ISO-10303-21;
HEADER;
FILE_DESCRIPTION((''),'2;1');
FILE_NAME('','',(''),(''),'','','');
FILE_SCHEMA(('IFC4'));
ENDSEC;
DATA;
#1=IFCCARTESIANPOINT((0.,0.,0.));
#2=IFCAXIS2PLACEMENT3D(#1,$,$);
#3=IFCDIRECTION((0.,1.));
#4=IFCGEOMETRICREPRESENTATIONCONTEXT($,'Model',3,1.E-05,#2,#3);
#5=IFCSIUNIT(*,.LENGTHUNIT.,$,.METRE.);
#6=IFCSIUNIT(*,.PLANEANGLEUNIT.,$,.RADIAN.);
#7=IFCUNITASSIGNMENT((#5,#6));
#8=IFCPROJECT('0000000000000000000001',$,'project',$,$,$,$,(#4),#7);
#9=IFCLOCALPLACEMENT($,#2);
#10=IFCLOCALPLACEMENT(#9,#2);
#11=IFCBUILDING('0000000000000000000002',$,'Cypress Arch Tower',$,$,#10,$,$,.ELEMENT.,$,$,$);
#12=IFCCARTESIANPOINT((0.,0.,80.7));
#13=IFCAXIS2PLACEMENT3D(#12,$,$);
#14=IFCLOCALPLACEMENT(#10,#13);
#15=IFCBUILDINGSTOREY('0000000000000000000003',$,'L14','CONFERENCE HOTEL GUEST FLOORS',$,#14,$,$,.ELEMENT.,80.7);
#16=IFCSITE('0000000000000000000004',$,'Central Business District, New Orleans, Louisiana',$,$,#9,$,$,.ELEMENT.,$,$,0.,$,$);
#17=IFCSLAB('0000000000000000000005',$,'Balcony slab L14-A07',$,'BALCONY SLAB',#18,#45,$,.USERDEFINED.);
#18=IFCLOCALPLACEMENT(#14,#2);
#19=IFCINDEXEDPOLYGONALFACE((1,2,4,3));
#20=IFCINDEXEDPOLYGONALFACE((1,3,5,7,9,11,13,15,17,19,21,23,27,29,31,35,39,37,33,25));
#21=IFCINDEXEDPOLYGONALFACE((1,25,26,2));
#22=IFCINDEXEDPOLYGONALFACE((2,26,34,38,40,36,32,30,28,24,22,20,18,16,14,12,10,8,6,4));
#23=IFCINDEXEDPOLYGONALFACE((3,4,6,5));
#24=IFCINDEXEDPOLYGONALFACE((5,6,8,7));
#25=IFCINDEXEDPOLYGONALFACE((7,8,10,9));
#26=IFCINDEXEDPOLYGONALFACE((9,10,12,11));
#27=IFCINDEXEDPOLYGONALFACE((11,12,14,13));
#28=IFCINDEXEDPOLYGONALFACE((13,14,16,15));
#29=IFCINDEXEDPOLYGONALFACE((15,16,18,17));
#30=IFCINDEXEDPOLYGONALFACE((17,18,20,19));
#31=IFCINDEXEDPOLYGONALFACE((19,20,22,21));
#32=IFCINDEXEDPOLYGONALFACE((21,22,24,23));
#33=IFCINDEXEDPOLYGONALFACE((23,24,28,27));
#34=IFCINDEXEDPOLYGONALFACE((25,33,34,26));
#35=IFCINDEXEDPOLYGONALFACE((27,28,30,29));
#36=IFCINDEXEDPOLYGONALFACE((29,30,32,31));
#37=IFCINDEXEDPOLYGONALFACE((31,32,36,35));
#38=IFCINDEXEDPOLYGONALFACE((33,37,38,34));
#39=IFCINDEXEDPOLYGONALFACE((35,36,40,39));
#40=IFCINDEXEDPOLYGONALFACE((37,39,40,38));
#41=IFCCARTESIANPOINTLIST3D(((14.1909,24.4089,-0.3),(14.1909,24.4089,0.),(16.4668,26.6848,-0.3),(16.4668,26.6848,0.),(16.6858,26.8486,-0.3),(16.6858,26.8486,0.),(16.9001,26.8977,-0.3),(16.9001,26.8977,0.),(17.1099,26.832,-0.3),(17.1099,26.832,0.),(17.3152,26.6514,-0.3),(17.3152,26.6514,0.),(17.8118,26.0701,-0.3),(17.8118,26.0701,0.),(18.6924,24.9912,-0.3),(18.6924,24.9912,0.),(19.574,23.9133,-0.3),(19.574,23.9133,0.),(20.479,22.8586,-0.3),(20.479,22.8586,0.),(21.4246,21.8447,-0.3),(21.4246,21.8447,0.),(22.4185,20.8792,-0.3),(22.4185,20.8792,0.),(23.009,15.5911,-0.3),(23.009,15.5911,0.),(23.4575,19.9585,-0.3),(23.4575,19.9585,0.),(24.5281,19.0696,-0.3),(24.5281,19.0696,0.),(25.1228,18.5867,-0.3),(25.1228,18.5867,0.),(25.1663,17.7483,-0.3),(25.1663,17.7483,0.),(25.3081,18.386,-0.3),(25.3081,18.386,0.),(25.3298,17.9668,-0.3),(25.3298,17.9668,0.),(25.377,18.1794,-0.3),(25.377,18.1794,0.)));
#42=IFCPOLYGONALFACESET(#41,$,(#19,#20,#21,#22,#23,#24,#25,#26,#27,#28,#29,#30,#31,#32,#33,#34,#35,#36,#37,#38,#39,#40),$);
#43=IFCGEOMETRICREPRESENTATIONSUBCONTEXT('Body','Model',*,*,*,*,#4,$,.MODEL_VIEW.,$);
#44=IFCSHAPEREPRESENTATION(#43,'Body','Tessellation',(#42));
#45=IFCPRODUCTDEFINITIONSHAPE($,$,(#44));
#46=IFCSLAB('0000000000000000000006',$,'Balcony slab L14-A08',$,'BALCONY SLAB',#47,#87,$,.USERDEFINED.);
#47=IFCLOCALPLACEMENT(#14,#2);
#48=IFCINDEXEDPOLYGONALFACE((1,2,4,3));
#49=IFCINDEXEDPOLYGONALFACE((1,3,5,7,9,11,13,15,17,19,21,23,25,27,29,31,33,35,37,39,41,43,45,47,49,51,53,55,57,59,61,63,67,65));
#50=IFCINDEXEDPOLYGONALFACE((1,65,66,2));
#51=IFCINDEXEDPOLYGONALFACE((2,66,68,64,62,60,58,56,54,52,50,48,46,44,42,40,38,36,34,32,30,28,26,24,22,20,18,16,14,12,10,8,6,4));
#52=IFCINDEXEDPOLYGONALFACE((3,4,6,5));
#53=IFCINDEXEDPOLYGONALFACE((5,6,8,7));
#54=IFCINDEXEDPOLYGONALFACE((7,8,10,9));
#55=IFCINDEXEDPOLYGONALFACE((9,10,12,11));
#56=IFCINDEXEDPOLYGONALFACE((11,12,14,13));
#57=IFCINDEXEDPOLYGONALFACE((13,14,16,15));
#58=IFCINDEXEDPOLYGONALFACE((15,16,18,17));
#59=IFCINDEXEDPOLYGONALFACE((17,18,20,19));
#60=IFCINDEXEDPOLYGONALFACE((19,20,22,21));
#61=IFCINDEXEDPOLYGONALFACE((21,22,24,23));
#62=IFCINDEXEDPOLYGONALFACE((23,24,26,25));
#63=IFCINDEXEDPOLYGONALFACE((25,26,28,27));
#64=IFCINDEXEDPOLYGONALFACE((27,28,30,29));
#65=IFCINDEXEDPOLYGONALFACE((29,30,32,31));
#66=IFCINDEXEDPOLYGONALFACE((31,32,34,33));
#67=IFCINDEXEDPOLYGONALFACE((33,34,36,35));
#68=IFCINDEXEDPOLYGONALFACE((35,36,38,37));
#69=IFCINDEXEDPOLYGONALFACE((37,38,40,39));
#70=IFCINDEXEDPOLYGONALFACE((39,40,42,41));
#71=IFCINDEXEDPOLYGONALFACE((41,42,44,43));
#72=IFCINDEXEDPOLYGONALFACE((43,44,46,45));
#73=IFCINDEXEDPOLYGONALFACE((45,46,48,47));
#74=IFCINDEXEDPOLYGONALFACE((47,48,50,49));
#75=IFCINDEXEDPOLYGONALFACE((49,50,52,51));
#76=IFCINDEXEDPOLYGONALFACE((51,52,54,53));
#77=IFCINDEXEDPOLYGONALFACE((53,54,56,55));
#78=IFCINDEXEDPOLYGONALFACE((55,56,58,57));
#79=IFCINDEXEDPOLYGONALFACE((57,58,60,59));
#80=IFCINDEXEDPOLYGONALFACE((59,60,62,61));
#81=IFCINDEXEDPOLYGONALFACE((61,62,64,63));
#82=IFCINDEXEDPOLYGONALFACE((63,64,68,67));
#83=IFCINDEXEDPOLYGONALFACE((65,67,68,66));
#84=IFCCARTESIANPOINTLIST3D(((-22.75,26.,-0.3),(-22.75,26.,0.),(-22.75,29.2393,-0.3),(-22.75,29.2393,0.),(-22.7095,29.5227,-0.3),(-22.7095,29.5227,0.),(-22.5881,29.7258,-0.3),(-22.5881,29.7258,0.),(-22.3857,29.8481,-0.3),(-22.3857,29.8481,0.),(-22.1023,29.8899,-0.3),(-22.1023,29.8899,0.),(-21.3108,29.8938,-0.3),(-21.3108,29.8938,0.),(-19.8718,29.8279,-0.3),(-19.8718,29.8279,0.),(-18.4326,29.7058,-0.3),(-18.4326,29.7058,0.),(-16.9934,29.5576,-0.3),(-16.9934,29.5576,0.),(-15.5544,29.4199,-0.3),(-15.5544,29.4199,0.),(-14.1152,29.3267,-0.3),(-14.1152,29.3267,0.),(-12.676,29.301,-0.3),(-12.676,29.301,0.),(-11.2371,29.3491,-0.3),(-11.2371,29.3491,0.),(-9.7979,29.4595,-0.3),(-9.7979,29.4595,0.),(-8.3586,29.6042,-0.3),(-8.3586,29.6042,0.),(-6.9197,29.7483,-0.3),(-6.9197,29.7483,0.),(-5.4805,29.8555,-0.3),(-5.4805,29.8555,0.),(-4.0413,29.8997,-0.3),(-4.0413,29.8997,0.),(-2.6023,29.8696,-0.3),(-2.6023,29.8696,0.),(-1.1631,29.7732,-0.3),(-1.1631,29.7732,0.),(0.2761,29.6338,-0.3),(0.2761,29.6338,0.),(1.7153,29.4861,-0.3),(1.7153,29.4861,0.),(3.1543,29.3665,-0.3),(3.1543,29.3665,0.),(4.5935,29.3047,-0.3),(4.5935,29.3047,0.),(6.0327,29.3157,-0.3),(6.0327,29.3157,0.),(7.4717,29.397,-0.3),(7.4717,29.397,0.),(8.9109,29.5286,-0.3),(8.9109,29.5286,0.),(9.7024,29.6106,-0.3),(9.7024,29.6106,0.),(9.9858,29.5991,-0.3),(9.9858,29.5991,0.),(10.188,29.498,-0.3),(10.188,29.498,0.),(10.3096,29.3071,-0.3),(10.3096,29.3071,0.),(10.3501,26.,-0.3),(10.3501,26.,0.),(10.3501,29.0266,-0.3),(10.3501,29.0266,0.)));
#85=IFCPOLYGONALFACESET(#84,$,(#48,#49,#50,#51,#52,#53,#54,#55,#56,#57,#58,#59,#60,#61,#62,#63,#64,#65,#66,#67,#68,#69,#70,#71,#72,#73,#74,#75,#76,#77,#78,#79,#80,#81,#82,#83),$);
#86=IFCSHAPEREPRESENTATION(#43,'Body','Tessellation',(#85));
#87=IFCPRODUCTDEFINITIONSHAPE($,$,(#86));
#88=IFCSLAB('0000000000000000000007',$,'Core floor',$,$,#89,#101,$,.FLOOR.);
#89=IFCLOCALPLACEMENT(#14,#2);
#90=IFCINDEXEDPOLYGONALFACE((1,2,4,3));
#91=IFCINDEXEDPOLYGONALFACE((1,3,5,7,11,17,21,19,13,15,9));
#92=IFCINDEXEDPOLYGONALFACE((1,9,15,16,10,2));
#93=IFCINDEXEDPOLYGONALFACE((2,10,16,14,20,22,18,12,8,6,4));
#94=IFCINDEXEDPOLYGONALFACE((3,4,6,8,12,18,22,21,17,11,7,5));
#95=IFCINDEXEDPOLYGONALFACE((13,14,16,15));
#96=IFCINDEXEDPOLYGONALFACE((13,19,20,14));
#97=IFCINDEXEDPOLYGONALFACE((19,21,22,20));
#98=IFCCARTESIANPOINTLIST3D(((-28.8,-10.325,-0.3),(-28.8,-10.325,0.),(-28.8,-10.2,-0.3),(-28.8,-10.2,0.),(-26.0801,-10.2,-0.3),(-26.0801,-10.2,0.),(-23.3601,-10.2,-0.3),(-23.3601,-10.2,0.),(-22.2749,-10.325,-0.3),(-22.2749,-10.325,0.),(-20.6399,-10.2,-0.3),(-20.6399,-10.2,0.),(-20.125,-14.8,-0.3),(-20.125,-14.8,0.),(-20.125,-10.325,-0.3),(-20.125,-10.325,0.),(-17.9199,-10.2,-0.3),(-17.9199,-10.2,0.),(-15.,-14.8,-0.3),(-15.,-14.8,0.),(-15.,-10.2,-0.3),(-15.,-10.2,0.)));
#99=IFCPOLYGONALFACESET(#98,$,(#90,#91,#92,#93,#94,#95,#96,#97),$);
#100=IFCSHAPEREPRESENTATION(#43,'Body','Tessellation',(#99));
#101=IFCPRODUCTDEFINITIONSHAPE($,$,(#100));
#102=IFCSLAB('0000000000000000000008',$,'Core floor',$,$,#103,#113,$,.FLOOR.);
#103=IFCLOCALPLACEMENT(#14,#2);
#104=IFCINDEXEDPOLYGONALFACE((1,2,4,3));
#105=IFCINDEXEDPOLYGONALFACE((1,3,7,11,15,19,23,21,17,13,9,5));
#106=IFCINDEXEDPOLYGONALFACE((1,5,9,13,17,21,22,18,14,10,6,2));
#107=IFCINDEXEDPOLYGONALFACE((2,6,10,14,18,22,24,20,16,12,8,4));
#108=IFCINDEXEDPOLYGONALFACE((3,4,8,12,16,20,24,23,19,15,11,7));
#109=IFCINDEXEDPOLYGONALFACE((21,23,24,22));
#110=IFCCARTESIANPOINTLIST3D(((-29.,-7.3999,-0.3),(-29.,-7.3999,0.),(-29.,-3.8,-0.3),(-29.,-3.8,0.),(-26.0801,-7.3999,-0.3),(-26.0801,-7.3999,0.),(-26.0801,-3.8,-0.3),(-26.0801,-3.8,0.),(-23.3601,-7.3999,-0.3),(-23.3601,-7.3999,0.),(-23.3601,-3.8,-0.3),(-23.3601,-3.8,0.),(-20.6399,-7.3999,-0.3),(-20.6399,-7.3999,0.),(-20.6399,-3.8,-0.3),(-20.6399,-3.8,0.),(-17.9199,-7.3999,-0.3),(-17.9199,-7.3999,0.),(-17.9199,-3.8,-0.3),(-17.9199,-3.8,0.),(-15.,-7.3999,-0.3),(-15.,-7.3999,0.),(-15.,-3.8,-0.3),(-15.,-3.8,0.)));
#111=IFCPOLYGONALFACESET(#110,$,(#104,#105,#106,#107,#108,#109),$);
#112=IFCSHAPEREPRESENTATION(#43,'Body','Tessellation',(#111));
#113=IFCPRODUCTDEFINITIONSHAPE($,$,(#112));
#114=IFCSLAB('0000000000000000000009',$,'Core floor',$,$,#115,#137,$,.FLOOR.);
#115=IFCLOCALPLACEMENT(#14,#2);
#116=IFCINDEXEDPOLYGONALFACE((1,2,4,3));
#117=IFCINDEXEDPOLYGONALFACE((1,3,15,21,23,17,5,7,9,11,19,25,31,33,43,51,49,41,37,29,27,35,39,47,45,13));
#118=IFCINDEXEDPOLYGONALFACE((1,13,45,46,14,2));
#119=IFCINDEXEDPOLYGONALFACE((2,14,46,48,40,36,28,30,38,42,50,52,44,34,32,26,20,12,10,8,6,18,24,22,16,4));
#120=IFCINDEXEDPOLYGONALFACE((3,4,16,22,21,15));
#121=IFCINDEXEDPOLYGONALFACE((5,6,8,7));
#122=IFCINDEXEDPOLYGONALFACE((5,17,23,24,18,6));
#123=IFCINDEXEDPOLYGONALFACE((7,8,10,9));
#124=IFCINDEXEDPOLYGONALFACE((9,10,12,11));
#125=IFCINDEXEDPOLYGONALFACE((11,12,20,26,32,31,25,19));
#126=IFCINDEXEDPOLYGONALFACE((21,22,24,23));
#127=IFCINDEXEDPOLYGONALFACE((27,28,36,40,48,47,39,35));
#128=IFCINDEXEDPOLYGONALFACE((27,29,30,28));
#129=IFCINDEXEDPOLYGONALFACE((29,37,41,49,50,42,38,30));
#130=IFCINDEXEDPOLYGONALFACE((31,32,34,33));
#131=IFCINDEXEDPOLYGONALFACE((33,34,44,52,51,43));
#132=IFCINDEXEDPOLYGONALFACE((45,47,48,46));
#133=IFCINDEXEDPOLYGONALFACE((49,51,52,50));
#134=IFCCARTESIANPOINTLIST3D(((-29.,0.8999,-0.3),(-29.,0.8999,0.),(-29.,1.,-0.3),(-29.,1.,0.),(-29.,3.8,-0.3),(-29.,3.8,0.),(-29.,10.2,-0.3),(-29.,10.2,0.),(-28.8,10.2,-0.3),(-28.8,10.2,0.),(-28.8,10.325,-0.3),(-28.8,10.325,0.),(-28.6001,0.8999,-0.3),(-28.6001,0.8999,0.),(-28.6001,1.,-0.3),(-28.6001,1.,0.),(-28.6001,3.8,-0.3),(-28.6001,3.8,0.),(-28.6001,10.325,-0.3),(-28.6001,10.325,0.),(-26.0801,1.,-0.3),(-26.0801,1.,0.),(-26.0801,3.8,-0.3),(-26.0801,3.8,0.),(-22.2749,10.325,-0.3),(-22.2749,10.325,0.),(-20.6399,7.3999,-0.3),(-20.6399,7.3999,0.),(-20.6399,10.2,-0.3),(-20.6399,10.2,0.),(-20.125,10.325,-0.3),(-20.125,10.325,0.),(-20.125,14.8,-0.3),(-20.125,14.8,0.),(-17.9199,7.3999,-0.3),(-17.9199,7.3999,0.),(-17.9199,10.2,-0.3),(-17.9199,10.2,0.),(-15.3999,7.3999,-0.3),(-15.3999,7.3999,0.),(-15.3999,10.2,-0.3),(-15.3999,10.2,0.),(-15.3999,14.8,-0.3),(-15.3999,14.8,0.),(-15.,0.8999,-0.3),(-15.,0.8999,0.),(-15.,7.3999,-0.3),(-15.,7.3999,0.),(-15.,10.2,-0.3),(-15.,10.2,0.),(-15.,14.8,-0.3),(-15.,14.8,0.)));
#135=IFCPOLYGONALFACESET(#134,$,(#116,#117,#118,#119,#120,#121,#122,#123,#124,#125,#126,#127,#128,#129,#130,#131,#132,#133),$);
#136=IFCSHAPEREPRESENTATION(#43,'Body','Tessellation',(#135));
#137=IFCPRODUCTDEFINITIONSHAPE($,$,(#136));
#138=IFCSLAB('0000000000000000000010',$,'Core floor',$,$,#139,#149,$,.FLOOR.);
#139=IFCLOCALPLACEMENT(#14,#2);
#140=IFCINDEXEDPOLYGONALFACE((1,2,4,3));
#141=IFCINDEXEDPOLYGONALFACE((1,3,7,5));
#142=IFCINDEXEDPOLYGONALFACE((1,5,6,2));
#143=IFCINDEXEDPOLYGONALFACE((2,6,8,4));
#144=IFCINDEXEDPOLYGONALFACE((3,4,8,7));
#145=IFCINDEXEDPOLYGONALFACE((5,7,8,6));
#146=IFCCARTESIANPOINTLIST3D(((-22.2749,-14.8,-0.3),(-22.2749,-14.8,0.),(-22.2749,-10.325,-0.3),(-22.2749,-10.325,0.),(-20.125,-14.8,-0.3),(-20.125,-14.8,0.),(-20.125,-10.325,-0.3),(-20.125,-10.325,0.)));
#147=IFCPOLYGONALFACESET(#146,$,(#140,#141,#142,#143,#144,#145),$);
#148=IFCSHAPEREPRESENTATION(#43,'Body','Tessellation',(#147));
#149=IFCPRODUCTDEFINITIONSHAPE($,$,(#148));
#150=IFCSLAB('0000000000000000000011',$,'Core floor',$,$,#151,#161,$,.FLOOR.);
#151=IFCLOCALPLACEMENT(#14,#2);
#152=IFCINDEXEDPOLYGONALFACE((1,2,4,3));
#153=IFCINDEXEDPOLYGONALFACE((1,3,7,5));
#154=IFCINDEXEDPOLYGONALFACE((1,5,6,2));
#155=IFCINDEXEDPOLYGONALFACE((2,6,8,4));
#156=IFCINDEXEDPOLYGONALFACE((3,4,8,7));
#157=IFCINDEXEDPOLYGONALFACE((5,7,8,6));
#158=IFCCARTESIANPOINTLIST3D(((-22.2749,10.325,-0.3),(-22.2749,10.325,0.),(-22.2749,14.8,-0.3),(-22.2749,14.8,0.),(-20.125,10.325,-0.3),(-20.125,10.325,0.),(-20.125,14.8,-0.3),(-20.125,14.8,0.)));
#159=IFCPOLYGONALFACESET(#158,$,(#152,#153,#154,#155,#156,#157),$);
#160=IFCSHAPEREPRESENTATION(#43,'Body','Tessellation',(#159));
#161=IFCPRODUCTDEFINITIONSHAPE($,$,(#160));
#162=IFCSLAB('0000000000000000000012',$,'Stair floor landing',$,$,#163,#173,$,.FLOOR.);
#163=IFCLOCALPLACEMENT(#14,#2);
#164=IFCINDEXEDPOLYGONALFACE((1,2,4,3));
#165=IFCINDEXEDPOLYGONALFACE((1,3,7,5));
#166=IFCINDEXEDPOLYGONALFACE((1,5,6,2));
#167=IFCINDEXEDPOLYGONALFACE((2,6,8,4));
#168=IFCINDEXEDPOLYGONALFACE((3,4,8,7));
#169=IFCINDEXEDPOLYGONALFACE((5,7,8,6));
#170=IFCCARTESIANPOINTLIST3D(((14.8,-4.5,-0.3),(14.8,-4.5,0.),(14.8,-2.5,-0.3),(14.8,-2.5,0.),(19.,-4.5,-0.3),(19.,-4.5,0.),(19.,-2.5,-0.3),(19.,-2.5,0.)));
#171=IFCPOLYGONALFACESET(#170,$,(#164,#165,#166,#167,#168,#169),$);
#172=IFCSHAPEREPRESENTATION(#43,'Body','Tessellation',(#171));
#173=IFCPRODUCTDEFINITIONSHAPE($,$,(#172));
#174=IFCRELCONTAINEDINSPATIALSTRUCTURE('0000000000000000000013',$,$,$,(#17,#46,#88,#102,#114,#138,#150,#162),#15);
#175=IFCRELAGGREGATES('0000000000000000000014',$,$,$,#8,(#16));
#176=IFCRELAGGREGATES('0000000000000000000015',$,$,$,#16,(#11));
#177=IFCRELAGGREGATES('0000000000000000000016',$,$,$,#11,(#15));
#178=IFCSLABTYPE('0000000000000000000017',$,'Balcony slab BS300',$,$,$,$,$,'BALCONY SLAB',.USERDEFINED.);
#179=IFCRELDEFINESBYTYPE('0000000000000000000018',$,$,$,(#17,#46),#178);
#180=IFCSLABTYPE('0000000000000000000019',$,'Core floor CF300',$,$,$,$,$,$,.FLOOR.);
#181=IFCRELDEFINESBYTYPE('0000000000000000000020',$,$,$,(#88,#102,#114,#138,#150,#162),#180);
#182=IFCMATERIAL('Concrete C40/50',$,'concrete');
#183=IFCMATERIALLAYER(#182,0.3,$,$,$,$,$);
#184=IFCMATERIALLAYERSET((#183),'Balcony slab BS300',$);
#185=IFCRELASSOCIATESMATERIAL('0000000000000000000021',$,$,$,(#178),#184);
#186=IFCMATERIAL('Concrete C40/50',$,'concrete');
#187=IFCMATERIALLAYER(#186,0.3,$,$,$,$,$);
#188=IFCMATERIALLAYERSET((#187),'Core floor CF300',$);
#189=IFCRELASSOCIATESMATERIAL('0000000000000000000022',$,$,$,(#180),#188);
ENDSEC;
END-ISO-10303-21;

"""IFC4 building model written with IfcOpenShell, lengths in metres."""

from ifc_helpers import new_model, si_unit, direction, frame, origin, place, context, subcontext, project, spatial, polyline, outline, extrude, material, layer, layer_set, type_object, element, save


model = new_model("IFC4")

# Units and contexts
model_context = context("Model", 3, precision=1e-05, world=origin(), true_north=direction((0.0, 1.0)))
body_context = subcontext(model_context, "Body", "Model", "MODEL_VIEW")
ifc_project = project(units=[si_unit("LENGTHUNIT", "METRE"), si_unit("PLANEANGLEUNIT", "RADIAN")], contexts=[model_context])

# Site, building, storey
site_placement = place(None, origin())
site = spatial("IfcSite", under=ifc_project, at=site_placement, Name="Central Business District, New Orleans, Louisiana", CompositionType="ELEMENT", RefElevation=0.0)
building_placement = place(site_placement, origin())
building = spatial("IfcBuilding", under=site, at=building_placement, Name="Cypress Arch Tower", CompositionType="ELEMENT")
storey_placement = place(building_placement, frame((0.0, 0.0, 80.7)))
storey = spatial("IfcBuildingStorey", under=building, at=storey_placement, Name="L14", Description="CONFERENCE HOTEL GUEST FLOORS", CompositionType="ELEMENT", Elevation=80.7)

# Slabs
ifc_material_1 = material(Name="Concrete C40/50", Category="concrete")
ifc_layer_1 = layer(ifc_material_1, 0.3)
ifc_layer_set_1 = layer_set([ifc_layer_1], Name="Balcony slab BS300")
slab_type_1 = type_object("IfcSlabType", Name="Balcony slab BS300", ElementType="BALCONY SLAB", PredefinedType="USERDEFINED", material=ifc_layer_set_1)
slab_1_placement = place(storey_placement, frame((0.0, 0.0, -0.3)))
element("IfcSlab", 1, at=slab_1_placement, inside=storey, type_object=slab_type_1, Name="Balcony slab L14-A07", ObjectType="BALCONY SLAB", PredefinedType="USERDEFINED", context=body_context, shape_type="SweptSolid", body=[
    extrude(outline(polyline([(23.009, 15.5911), (25.1663, 17.7483), (25.3298, 17.9668), (25.377, 18.1794), (25.3081, 18.386), (25.1228, 18.5867), (24.5281, 19.0696), (23.4575, 19.9585), (22.4185, 20.8792), (21.4246, 21.8447), (20.479, 22.8586), (19.574, 23.9133), (18.6924, 24.9912), (17.8118, 26.0701), (17.3152, 26.6514), (17.1099, 26.832), (16.9001, 26.8977), (16.6858, 26.8486), (16.4668, 26.6848), (14.1909, 24.4089), (23.009, 15.5911)])), origin(), (0.0, 0.0, 1.0), 0.3),
])
slab_2_placement = place(storey_placement, frame((0.0, 0.0, -0.3)))
element("IfcSlab", 2, at=slab_2_placement, inside=storey, type_object=slab_type_1, Name="Balcony slab L14-A08", ObjectType="BALCONY SLAB", PredefinedType="USERDEFINED", context=body_context, shape_type="SweptSolid", body=[
    extrude(outline(polyline([(10.3501, 26.0), (10.3501, 29.0266), (10.3096, 29.3071), (10.188, 29.498), (9.9858, 29.5991), (9.7024, 29.6106), (8.9109, 29.5286), (7.4717, 29.397), (6.0327, 29.3157), (4.5935, 29.3047), (3.1543, 29.3665), (1.7153, 29.4861), (0.2761, 29.6338), (-1.1631, 29.7732), (-2.6023, 29.8696), (-4.0413, 29.8997), (-5.4805, 29.8555), (-6.9197, 29.7483), (-8.3586, 29.6042), (-9.7979, 29.4595), (-11.2371, 29.3491), (-12.676, 29.301), (-14.1152, 29.3267), (-15.5544, 29.4199), (-16.9934, 29.5576), (-18.4326, 29.7058), (-19.8718, 29.8279), (-21.3108, 29.8938), (-22.1023, 29.8899), (-22.3857, 29.8481), (-22.5881, 29.7258), (-22.7095, 29.5227), (-22.75, 29.2393), (-22.75, 26.0), (10.3501, 26.0)])), origin(), (0.0, 0.0, 1.0), 0.3),
])
ifc_material_2 = material(Name="Concrete C40/50", Category="concrete")
ifc_layer_2 = layer(ifc_material_2, 0.3)
ifc_layer_set_2 = layer_set([ifc_layer_2], Name="Core floor CF300")
slab_type_2 = type_object("IfcSlabType", Name="Core floor CF300", PredefinedType="FLOOR", material=ifc_layer_set_2)
slab_3_placement = place(storey_placement, frame((0.0, 0.0, -0.3)))
element("IfcSlab", 3, at=slab_3_placement, inside=storey, type_object=slab_type_2, Name="Core floor", PredefinedType="FLOOR", context=body_context, shape_type="SweptSolid", body=[
    extrude(outline(polyline([(-20.125, -14.8), (-15.0, -14.8), (-15.0, -10.2), (-17.9199, -10.2), (-20.6399, -10.2), (-23.3601, -10.2), (-26.0801, -10.2), (-28.8, -10.2), (-28.8, -10.325), (-22.2749, -10.325), (-20.125, -10.325), (-20.125, -14.8)])), origin(), (0.0, 0.0, 1.0), 0.3),
])
slab_4_placement = place(storey_placement, frame((0.0, 0.0, -0.3)))
element("IfcSlab", 4, at=slab_4_placement, inside=storey, type_object=slab_type_2, Name="Core floor", PredefinedType="FLOOR", context=body_context, shape_type="SweptSolid", body=[
    extrude(outline(polyline([(-29.0, -3.8), (-29.0, -7.3999), (-26.0801, -7.3999), (-23.3601, -7.3999), (-20.6399, -7.3999), (-17.9199, -7.3999), (-15.0, -7.3999), (-15.0, -3.8), (-17.9199, -3.8), (-20.6399, -3.8), (-23.3601, -3.8), (-26.0801, -3.8), (-29.0, -3.8)])), origin(), (0.0, 0.0, 1.0), 0.3),
])
slab_5_placement = place(storey_placement, frame((0.0, 0.0, -0.3)))
element("IfcSlab", 5, at=slab_5_placement, inside=storey, type_object=slab_type_2, Name="Core floor", PredefinedType="FLOOR", context=body_context, shape_type="SweptSolid", body=[
    extrude(outline(polyline([(-29.0, 3.8), (-29.0, 10.2), (-28.8, 10.2), (-28.8, 10.325), (-28.6001, 10.325), (-22.2749, 10.325), (-20.125, 10.325), (-20.125, 14.8), (-15.3999, 14.8), (-15.0, 14.8), (-15.0, 10.2), (-15.3999, 10.2), (-17.9199, 10.2), (-20.6399, 10.2), (-20.6399, 7.3999), (-17.9199, 7.3999), (-15.3999, 7.3999), (-15.0, 7.3999), (-15.0, 0.8999), (-28.6001, 0.8999), (-29.0, 0.8999), (-29.0, 1.0), (-28.6001, 1.0), (-26.0801, 1.0), (-26.0801, 3.8), (-28.6001, 3.8), (-29.0, 3.8)])), origin(), (0.0, 0.0, 1.0), 0.3),
])
slab_6_placement = place(storey_placement, frame((0.0, 0.0, -0.3)))
element("IfcSlab", 6, at=slab_6_placement, inside=storey, type_object=slab_type_2, Name="Core floor", PredefinedType="FLOOR", context=body_context, shape_type="SweptSolid", body=[
    extrude(outline(polyline([(-22.2749, -10.325), (-22.2749, -14.8), (-20.125, -14.8), (-20.125, -10.325), (-22.2749, -10.325)])), origin(), (0.0, 0.0, 1.0), 0.3),
])
slab_7_placement = place(storey_placement, frame((0.0, 0.0, -0.3)))
element("IfcSlab", 7, at=slab_7_placement, inside=storey, type_object=slab_type_2, Name="Core floor", PredefinedType="FLOOR", context=body_context, shape_type="SweptSolid", body=[
    extrude(outline(polyline([(-20.125, 14.8), (-22.2749, 14.8), (-22.2749, 10.325), (-20.125, 10.325), (-20.125, 14.8)])), origin(), (0.0, 0.0, 1.0), 0.3),
])
slab_8_placement = place(storey_placement, frame((0.0, 0.0, -0.3)))
element("IfcSlab", 8, at=slab_8_placement, inside=storey, type_object=slab_type_2, Name="Stair floor landing", PredefinedType="FLOOR", context=body_context, shape_type="SweptSolid", body=[
    extrude(outline(polyline([(19.0, -4.5), (19.0, -2.5), (14.8, -2.5), (14.8, -4.5), (19.0, -4.5)])), origin(), (0.0, 0.0, 1.0), 0.3),
])

save(model, "model.ifc")
